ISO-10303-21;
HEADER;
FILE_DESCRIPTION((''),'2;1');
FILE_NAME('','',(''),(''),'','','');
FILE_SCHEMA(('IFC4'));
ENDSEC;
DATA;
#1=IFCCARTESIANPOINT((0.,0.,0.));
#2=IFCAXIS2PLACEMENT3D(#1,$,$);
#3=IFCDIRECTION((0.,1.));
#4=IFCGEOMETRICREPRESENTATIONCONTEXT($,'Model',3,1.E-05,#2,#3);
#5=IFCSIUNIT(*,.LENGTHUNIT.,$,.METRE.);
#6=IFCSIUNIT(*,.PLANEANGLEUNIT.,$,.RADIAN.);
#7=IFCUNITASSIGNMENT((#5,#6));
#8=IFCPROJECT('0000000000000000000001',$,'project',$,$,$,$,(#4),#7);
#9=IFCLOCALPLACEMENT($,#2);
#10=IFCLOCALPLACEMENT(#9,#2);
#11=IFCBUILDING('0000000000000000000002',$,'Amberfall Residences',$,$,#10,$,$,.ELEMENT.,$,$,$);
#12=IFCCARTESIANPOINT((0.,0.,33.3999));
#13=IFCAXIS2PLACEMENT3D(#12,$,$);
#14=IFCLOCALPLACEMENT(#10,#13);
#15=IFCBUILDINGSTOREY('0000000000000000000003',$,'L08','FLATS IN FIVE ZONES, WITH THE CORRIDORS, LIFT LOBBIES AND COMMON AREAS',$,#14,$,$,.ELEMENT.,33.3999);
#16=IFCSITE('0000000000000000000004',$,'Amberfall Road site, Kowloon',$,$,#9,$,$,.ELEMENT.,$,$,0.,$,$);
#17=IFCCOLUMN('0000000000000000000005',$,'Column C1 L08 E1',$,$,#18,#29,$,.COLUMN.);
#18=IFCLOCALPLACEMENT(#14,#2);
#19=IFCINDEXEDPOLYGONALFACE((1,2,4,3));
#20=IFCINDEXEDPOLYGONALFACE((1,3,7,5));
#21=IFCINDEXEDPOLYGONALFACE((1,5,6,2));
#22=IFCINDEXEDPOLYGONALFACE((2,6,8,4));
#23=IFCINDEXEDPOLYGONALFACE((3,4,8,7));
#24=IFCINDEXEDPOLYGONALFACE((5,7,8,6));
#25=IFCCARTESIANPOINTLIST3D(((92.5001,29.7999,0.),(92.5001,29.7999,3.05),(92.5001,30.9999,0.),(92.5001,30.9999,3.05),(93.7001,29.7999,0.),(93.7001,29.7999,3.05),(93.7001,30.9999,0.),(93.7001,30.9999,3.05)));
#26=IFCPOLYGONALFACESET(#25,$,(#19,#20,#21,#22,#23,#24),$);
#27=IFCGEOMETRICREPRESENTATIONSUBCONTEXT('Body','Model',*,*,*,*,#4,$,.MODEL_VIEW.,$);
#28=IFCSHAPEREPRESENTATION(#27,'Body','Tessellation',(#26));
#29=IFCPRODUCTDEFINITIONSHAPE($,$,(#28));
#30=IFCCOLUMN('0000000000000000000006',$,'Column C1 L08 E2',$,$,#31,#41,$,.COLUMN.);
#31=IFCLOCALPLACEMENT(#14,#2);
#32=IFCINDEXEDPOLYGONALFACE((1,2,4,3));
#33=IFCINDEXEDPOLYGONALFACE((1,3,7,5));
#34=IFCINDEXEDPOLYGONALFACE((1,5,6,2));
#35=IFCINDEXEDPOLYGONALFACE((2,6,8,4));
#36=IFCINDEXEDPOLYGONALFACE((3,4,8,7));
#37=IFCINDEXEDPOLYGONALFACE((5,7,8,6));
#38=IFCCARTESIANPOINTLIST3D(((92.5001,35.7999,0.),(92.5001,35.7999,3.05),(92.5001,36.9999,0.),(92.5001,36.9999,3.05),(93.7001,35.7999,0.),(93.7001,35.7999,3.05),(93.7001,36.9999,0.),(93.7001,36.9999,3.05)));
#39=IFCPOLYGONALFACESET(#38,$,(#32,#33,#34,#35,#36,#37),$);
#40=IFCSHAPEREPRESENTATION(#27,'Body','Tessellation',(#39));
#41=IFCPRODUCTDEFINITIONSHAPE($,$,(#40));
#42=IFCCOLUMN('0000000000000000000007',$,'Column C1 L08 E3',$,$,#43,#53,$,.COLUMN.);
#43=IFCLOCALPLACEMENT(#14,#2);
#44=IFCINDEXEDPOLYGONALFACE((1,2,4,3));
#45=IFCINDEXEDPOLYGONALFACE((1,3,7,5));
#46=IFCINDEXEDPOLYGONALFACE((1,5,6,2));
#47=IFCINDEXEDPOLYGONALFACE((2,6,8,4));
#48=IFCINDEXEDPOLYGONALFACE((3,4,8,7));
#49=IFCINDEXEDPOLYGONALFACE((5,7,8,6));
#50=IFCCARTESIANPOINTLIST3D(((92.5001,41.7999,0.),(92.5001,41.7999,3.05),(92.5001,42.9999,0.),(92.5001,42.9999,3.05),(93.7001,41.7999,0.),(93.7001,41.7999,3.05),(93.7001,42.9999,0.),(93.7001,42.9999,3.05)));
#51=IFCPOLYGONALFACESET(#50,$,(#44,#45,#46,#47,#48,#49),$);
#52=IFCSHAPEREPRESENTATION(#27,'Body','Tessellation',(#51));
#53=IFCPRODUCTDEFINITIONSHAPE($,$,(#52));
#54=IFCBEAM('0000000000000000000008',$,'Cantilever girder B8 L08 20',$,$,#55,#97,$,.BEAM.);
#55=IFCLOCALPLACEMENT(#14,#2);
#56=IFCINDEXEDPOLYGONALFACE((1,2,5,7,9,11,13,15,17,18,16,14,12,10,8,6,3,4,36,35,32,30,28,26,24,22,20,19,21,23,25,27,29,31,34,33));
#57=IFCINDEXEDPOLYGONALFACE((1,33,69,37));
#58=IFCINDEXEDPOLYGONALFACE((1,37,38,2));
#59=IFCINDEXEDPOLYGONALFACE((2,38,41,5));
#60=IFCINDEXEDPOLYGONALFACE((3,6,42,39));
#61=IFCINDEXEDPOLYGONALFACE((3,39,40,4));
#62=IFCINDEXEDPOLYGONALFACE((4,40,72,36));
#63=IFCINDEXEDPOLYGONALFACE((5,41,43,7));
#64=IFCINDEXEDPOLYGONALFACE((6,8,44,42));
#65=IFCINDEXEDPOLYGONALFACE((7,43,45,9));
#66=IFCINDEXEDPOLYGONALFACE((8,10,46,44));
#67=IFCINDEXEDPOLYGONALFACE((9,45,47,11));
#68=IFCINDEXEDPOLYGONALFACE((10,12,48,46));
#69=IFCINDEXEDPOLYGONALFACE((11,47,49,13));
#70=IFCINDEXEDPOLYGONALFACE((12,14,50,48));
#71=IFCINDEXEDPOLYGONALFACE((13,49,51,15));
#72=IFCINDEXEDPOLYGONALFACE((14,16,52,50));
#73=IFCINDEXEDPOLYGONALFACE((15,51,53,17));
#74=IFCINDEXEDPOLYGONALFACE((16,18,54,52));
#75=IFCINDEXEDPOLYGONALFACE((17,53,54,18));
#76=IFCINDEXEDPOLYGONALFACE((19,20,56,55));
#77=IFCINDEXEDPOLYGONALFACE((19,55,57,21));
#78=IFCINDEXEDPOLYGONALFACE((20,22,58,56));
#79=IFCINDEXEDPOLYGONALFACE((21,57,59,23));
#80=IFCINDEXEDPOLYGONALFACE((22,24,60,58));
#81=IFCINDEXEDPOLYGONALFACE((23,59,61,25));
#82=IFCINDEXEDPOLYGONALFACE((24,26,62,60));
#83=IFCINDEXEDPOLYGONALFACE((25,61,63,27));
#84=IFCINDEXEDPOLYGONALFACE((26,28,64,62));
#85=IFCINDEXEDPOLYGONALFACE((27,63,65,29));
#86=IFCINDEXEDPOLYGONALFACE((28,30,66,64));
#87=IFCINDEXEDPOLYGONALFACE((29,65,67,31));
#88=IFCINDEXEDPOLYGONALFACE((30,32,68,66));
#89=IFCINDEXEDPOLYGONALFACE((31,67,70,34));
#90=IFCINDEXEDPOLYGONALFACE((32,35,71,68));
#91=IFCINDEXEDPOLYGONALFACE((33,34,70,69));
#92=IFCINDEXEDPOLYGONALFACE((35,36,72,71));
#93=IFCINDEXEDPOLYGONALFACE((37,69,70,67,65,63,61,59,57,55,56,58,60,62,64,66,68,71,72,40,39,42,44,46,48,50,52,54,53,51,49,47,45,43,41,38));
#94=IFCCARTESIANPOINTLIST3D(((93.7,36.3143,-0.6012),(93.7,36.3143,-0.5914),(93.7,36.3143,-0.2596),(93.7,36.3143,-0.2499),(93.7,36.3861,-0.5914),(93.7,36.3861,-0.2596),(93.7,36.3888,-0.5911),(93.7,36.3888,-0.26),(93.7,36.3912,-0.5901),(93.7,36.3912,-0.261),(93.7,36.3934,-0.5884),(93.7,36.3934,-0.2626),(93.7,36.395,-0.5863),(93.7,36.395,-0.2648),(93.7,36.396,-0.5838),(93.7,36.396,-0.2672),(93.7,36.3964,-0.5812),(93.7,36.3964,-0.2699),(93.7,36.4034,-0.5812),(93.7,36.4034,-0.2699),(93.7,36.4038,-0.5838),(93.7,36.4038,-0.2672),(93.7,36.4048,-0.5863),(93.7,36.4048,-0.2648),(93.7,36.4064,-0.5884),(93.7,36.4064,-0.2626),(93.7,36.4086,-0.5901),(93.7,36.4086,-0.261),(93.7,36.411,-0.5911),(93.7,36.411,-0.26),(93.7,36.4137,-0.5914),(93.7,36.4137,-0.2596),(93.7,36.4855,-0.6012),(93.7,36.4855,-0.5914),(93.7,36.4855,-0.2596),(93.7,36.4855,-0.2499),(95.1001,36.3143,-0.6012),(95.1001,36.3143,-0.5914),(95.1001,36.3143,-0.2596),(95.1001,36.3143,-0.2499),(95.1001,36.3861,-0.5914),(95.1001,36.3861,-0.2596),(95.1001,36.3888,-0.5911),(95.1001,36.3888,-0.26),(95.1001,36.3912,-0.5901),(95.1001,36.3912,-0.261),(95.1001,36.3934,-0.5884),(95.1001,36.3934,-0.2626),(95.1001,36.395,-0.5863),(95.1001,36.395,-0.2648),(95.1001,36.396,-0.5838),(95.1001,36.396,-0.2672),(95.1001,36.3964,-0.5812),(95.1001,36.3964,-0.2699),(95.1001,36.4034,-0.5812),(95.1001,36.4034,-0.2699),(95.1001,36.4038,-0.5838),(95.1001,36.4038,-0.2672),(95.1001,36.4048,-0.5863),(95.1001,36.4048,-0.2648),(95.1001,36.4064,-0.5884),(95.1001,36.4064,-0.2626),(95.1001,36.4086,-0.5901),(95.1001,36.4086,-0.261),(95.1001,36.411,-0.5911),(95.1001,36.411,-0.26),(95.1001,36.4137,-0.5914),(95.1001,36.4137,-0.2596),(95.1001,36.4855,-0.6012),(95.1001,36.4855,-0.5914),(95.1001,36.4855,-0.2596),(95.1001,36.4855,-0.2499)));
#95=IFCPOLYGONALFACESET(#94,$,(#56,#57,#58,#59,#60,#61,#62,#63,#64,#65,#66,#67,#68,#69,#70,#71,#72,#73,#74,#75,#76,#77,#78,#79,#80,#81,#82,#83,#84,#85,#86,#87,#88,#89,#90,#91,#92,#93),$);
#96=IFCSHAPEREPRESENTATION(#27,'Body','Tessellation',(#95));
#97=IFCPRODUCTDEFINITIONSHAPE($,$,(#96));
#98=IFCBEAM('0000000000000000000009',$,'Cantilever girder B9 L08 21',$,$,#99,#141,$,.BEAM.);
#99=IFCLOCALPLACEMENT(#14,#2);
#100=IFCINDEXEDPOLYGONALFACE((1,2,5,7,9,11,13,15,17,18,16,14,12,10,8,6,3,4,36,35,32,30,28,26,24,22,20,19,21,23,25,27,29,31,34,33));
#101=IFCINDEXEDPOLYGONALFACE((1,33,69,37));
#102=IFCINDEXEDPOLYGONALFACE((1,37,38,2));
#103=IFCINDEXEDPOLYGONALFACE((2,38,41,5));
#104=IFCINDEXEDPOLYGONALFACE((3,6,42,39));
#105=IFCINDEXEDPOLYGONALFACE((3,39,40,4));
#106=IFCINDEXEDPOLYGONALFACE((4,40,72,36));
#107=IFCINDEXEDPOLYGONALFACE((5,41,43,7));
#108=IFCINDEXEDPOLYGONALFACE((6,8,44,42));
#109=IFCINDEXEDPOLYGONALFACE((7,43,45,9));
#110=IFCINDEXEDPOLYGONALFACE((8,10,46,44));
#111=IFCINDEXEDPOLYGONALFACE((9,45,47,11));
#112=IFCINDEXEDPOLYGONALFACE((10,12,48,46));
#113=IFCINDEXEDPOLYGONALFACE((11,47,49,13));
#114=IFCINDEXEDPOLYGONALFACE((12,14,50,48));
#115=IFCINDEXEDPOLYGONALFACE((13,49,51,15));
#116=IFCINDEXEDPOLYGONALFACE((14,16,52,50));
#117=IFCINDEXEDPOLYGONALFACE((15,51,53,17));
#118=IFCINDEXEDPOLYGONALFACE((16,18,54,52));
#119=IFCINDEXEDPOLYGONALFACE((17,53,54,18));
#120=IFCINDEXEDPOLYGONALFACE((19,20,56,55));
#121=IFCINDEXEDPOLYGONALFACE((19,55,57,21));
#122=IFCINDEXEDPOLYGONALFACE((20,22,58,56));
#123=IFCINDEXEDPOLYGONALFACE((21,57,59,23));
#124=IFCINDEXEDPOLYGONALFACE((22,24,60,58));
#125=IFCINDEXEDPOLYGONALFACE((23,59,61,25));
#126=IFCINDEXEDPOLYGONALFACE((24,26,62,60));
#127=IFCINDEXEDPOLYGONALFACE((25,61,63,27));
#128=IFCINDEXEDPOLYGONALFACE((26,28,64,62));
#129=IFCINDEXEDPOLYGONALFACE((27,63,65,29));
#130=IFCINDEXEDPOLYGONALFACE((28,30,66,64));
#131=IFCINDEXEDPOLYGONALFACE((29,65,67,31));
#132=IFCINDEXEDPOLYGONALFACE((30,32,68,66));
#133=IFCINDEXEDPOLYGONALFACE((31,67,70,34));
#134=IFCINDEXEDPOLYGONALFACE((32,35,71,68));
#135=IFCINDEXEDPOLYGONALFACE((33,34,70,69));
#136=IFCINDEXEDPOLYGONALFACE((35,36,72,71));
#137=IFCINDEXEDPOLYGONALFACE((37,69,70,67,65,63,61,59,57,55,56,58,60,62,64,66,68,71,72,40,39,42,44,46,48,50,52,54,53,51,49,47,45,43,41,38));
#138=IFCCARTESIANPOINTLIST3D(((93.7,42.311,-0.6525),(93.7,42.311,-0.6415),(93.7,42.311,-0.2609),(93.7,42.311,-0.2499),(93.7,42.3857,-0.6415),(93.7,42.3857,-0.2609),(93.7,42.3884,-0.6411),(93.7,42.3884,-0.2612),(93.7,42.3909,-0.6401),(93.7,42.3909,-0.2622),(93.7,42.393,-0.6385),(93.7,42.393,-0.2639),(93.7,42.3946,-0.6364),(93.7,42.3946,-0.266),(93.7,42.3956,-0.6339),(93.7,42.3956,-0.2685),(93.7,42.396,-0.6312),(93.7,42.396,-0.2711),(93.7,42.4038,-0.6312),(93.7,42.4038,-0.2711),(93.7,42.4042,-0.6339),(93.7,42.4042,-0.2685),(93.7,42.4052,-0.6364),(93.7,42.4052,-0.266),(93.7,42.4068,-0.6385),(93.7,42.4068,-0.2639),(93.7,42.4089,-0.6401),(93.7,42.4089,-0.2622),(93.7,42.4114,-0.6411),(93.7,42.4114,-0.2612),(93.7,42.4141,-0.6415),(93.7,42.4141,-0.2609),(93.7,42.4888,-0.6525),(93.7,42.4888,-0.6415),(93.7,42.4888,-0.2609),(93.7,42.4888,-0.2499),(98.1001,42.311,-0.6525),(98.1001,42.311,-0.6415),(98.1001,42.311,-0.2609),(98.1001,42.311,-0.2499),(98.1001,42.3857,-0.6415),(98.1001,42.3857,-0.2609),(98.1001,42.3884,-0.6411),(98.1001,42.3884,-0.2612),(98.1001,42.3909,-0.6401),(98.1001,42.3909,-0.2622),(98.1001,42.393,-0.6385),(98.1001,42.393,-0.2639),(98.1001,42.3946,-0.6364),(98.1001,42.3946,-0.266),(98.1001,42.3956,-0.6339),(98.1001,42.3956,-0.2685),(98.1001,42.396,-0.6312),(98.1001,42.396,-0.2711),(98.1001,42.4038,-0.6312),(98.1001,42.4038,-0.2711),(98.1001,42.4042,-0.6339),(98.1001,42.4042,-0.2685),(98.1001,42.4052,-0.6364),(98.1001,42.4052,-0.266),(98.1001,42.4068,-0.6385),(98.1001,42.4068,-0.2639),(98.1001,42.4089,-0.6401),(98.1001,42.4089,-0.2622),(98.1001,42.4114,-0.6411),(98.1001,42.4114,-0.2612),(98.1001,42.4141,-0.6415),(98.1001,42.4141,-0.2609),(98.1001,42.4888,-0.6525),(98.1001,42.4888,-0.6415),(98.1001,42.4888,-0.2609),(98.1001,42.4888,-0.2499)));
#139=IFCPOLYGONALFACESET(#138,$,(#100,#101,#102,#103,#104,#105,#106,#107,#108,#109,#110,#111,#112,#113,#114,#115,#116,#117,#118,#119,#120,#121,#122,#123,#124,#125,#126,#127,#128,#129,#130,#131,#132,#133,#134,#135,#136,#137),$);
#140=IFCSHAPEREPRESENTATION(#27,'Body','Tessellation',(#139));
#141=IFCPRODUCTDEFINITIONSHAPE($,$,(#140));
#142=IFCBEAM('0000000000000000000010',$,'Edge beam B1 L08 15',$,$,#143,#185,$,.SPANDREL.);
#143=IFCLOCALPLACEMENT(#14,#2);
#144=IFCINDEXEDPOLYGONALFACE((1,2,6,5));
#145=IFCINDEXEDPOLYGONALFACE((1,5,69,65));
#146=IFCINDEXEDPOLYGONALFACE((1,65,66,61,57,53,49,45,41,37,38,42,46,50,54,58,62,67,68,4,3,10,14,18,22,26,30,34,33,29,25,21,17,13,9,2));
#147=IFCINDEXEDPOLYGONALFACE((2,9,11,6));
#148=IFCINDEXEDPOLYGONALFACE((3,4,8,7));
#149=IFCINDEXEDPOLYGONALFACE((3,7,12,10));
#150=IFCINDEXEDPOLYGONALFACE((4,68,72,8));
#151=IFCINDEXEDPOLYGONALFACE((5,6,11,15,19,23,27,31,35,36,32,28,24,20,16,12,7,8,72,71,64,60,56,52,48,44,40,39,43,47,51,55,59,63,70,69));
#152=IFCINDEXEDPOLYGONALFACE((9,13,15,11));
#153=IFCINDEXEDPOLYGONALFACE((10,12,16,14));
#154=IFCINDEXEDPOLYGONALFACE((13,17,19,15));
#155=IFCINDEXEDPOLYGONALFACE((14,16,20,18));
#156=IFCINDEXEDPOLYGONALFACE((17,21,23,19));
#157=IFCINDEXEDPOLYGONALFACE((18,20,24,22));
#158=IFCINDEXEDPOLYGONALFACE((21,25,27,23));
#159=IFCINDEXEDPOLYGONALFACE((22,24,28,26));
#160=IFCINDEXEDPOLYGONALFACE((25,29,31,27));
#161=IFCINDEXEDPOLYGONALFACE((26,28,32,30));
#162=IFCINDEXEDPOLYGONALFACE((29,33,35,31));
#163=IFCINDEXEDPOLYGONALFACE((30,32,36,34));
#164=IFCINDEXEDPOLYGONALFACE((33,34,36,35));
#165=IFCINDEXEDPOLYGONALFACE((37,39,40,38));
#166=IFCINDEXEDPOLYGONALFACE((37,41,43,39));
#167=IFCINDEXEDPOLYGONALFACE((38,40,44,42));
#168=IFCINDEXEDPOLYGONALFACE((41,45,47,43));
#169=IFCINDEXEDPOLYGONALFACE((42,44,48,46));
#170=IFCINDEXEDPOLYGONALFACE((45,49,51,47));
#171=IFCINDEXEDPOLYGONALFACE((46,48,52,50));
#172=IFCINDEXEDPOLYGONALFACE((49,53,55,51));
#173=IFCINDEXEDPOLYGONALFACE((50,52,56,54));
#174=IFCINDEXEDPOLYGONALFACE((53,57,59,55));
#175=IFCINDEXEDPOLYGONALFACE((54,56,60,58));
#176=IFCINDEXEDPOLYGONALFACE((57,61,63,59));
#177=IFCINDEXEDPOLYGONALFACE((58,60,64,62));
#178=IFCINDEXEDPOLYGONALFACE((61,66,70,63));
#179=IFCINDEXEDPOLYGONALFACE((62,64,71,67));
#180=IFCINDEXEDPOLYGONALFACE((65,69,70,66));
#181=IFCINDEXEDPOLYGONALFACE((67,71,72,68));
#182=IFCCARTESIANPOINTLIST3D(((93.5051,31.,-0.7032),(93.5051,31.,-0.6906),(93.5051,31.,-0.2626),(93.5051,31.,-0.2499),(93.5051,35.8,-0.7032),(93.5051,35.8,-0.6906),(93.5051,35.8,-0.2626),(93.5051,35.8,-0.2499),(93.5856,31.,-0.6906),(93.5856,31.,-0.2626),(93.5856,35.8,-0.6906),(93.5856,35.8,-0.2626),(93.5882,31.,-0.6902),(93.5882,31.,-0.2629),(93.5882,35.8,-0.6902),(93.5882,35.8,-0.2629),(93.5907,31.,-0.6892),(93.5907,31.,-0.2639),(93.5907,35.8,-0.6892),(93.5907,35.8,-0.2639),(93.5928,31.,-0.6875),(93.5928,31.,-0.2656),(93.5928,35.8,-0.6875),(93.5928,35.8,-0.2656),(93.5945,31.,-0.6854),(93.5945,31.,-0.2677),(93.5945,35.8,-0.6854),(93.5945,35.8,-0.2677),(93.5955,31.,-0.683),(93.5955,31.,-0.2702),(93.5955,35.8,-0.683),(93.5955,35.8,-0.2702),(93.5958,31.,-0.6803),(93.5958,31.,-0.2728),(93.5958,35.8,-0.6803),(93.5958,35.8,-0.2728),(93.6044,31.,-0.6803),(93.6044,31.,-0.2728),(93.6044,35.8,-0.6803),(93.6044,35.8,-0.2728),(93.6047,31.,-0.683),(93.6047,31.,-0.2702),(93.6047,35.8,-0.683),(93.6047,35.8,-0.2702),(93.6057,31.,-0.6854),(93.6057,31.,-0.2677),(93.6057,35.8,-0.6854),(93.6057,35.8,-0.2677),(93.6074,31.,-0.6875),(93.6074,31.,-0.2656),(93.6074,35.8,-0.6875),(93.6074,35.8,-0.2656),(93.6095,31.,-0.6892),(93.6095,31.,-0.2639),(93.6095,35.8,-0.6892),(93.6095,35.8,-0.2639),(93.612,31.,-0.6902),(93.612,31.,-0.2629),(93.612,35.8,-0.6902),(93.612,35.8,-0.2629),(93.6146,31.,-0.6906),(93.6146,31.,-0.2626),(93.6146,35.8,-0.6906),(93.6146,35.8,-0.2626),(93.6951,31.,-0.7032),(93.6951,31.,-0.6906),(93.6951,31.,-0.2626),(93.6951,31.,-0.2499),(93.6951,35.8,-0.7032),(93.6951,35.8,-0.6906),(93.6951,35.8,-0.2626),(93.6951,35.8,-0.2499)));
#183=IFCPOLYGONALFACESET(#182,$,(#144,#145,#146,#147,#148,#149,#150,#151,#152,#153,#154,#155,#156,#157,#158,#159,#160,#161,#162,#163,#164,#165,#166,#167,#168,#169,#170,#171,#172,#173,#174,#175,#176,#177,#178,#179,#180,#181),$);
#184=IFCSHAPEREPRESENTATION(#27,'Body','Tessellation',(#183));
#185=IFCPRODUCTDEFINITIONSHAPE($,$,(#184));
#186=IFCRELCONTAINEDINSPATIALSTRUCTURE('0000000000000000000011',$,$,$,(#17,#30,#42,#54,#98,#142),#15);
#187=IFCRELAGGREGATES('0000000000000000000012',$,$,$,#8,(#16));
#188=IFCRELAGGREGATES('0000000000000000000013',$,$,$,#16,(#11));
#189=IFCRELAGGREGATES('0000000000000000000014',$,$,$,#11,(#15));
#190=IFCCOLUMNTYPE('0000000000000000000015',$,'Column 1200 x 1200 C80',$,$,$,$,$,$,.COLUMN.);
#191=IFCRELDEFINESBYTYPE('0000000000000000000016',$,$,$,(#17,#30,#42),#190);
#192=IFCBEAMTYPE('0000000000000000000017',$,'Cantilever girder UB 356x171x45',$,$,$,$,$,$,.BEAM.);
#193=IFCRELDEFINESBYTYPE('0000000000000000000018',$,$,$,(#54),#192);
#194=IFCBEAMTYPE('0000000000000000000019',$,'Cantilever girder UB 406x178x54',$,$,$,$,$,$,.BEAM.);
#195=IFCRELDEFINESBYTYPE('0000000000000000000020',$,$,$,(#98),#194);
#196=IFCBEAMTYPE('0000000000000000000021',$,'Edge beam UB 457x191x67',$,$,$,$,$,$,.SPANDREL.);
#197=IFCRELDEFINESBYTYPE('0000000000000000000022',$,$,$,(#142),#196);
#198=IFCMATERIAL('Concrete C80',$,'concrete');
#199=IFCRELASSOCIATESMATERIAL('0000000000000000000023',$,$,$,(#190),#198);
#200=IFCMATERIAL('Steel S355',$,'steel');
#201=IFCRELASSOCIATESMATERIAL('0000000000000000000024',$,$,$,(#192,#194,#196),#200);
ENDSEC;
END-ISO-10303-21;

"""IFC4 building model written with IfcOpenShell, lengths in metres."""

from ifc_helpers import new_model, si_unit, direction, frame, origin, origin_2d, place, context, subcontext, project, spatial, rectangle, i_section, extrude, material, material_profile, profile_set, type_object, element, save


model = new_model("IFC4")

# Units and contexts
model_context = context("Model", 3, precision=1e-05, world=origin(), true_north=direction((0.0, 1.0)))
body_context = subcontext(model_context, "Body", "Model", "MODEL_VIEW")
ifc_project = project(units=[si_unit("LENGTHUNIT", "METRE"), si_unit("PLANEANGLEUNIT", "RADIAN")], contexts=[model_context])

# Site, building, storey
site_placement = place(None, origin())
site = spatial("IfcSite", under=ifc_project, at=site_placement, Name="Amberfall Road site, Kowloon", CompositionType="ELEMENT", RefElevation=0.0)
building_placement = place(site_placement, origin())
building = spatial("IfcBuilding", under=site, at=building_placement, Name="Amberfall Residences", CompositionType="ELEMENT")
storey_placement = place(building_placement, frame((0.0, 0.0, 33.3999)))
storey = spatial("IfcBuildingStorey", under=building, at=storey_placement, Name="L08", Description="FLATS IN FIVE ZONES, WITH THE CORRIDORS, LIFT LOBBIES AND COMMON AREAS", CompositionType="ELEMENT", Elevation=33.3999)

# Columns
ifc_material_1 = material(Name="Concrete C80", Category="concrete")
ifc_material_profile_1 = material_profile(ifc_material_1, rectangle(XDim=1.2, YDim=1.2, at=origin_2d()), Name="Column 1200 x 1200 C80")
ifc_profile_set_1 = profile_set([ifc_material_profile_1], Name="Concrete C80")
column_type = type_object("IfcColumnType", Name="Column 1200 x 1200 C80", PredefinedType="COLUMN", material=ifc_profile_set_1)
for number, where, z_axis, x_axis, name in (
    (1, (93.1001, 30.3999, 0.0), (0.0, 0.0, 1.0), (1.0, 0.0, 0.0), "Column C1 L08 E1"),
    (2, (93.1001, 36.3999, 0.0), (0.0, 0.0, 1.0), (1.0, 0.0, 0.0), "Column C1 L08 E2"),
    (3, (93.1001, 42.3999, 0.0), (0.0, 0.0, 1.0), (1.0, 0.0, 0.0), "Column C1 L08 E3"),
):
    element("IfcColumn", number, at=place(storey_placement, frame(where, z_axis=z_axis, x_axis=x_axis)), inside=storey, type_object=column_type, Name=name, PredefinedType="COLUMN", context=body_context, shape_type="SweptSolid", body=[
        extrude(rectangle(XDim=1.2, YDim=1.2, at=origin_2d()), origin(), (0.0, 0.0, 1.0), 3.05),
    ])

# Beams
ifc_material_2 = material(Name="Steel S355", Category="steel")
ifc_material_profile_2 = material_profile(ifc_material_2, i_section(OverallWidth=0.1711, OverallDepth=0.3513, WebThickness=0.0071, FlangeThickness=0.0098, FilletRadius=0.0103, at=origin_2d()), Name="UB 356x171x45")
ifc_profile_set_2 = profile_set([ifc_material_profile_2], Name="Steel S355")
beam_type_1 = type_object("IfcBeamType", Name="Cantilever girder UB 356x171x45", PredefinedType="BEAM", material=ifc_profile_set_2)
beam_1_placement = place(storey_placement, frame((93.7, 36.3999, -0.4255), z_axis=(1.0, 0.0, 0.0), x_axis=(0.0, 1.0, 0.0)))
element("IfcBeam", 4, at=beam_1_placement, inside=storey, type_object=beam_type_1, Name="Cantilever girder B8 L08 20", PredefinedType="BEAM", context=body_context, shape_type="SweptSolid", body=[
    extrude(i_section(OverallWidth=0.1711, OverallDepth=0.3513, WebThickness=0.0071, FlangeThickness=0.0098, FilletRadius=0.0103, at=origin_2d()), origin(), (0.0, 0.0, 1.0), 1.4001),
])
ifc_material_profile_3 = material_profile(ifc_material_2, i_section(OverallWidth=0.1777, OverallDepth=0.4026, WebThickness=0.0078, FlangeThickness=0.011, FilletRadius=0.0103, at=origin_2d()), Name="UB 406x178x54")
ifc_profile_set_3 = profile_set([ifc_material_profile_3], Name="Steel S355")
beam_type_2 = type_object("IfcBeamType", Name="Cantilever girder UB 406x178x54", PredefinedType="BEAM", material=ifc_profile_set_3)
beam_2_placement = place(storey_placement, frame((93.7, 42.3999, -0.4512), z_axis=(1.0, 0.0, 0.0), x_axis=(0.0, 1.0, 0.0)))
element("IfcBeam", 5, at=beam_2_placement, inside=storey, type_object=beam_type_2, Name="Cantilever girder B9 L08 21", PredefinedType="BEAM", context=body_context, shape_type="SweptSolid", body=[
    extrude(i_section(OverallWidth=0.1777, OverallDepth=0.4026, WebThickness=0.0078, FlangeThickness=0.011, FilletRadius=0.0103, at=origin_2d()), origin(), (0.0, 0.0, 1.0), 4.4001),
])
ifc_material_profile_4 = material_profile(ifc_material_2, i_section(OverallWidth=0.1899, OverallDepth=0.4534, WebThickness=0.0085, FlangeThickness=0.0127, FilletRadius=0.0103, at=origin_2d()), Name="UB 457x191x67")
ifc_profile_set_4 = profile_set([ifc_material_profile_4], Name="Steel S355")
beam_type_3 = type_object("IfcBeamType", Name="Edge beam UB 457x191x67", PredefinedType="SPANDREL", material=ifc_profile_set_4)
beam_3_placement = place(storey_placement, frame((93.6001, 31.0, -0.4766), z_axis=(0.0, 1.0, 0.0), x_axis=(-1.0, 0.0, 0.0)))
element("IfcBeam", 6, at=beam_3_placement, inside=storey, type_object=beam_type_3, Name="Edge beam B1 L08 15", PredefinedType="SPANDREL", context=body_context, shape_type="SweptSolid", body=[
    extrude(i_section(OverallWidth=0.1899, OverallDepth=0.4534, WebThickness=0.0085, FlangeThickness=0.0127, FilletRadius=0.0103, at=origin_2d()), origin(), (0.0, 0.0, 1.0), 4.8),
])

save(model, "model.ifc")
